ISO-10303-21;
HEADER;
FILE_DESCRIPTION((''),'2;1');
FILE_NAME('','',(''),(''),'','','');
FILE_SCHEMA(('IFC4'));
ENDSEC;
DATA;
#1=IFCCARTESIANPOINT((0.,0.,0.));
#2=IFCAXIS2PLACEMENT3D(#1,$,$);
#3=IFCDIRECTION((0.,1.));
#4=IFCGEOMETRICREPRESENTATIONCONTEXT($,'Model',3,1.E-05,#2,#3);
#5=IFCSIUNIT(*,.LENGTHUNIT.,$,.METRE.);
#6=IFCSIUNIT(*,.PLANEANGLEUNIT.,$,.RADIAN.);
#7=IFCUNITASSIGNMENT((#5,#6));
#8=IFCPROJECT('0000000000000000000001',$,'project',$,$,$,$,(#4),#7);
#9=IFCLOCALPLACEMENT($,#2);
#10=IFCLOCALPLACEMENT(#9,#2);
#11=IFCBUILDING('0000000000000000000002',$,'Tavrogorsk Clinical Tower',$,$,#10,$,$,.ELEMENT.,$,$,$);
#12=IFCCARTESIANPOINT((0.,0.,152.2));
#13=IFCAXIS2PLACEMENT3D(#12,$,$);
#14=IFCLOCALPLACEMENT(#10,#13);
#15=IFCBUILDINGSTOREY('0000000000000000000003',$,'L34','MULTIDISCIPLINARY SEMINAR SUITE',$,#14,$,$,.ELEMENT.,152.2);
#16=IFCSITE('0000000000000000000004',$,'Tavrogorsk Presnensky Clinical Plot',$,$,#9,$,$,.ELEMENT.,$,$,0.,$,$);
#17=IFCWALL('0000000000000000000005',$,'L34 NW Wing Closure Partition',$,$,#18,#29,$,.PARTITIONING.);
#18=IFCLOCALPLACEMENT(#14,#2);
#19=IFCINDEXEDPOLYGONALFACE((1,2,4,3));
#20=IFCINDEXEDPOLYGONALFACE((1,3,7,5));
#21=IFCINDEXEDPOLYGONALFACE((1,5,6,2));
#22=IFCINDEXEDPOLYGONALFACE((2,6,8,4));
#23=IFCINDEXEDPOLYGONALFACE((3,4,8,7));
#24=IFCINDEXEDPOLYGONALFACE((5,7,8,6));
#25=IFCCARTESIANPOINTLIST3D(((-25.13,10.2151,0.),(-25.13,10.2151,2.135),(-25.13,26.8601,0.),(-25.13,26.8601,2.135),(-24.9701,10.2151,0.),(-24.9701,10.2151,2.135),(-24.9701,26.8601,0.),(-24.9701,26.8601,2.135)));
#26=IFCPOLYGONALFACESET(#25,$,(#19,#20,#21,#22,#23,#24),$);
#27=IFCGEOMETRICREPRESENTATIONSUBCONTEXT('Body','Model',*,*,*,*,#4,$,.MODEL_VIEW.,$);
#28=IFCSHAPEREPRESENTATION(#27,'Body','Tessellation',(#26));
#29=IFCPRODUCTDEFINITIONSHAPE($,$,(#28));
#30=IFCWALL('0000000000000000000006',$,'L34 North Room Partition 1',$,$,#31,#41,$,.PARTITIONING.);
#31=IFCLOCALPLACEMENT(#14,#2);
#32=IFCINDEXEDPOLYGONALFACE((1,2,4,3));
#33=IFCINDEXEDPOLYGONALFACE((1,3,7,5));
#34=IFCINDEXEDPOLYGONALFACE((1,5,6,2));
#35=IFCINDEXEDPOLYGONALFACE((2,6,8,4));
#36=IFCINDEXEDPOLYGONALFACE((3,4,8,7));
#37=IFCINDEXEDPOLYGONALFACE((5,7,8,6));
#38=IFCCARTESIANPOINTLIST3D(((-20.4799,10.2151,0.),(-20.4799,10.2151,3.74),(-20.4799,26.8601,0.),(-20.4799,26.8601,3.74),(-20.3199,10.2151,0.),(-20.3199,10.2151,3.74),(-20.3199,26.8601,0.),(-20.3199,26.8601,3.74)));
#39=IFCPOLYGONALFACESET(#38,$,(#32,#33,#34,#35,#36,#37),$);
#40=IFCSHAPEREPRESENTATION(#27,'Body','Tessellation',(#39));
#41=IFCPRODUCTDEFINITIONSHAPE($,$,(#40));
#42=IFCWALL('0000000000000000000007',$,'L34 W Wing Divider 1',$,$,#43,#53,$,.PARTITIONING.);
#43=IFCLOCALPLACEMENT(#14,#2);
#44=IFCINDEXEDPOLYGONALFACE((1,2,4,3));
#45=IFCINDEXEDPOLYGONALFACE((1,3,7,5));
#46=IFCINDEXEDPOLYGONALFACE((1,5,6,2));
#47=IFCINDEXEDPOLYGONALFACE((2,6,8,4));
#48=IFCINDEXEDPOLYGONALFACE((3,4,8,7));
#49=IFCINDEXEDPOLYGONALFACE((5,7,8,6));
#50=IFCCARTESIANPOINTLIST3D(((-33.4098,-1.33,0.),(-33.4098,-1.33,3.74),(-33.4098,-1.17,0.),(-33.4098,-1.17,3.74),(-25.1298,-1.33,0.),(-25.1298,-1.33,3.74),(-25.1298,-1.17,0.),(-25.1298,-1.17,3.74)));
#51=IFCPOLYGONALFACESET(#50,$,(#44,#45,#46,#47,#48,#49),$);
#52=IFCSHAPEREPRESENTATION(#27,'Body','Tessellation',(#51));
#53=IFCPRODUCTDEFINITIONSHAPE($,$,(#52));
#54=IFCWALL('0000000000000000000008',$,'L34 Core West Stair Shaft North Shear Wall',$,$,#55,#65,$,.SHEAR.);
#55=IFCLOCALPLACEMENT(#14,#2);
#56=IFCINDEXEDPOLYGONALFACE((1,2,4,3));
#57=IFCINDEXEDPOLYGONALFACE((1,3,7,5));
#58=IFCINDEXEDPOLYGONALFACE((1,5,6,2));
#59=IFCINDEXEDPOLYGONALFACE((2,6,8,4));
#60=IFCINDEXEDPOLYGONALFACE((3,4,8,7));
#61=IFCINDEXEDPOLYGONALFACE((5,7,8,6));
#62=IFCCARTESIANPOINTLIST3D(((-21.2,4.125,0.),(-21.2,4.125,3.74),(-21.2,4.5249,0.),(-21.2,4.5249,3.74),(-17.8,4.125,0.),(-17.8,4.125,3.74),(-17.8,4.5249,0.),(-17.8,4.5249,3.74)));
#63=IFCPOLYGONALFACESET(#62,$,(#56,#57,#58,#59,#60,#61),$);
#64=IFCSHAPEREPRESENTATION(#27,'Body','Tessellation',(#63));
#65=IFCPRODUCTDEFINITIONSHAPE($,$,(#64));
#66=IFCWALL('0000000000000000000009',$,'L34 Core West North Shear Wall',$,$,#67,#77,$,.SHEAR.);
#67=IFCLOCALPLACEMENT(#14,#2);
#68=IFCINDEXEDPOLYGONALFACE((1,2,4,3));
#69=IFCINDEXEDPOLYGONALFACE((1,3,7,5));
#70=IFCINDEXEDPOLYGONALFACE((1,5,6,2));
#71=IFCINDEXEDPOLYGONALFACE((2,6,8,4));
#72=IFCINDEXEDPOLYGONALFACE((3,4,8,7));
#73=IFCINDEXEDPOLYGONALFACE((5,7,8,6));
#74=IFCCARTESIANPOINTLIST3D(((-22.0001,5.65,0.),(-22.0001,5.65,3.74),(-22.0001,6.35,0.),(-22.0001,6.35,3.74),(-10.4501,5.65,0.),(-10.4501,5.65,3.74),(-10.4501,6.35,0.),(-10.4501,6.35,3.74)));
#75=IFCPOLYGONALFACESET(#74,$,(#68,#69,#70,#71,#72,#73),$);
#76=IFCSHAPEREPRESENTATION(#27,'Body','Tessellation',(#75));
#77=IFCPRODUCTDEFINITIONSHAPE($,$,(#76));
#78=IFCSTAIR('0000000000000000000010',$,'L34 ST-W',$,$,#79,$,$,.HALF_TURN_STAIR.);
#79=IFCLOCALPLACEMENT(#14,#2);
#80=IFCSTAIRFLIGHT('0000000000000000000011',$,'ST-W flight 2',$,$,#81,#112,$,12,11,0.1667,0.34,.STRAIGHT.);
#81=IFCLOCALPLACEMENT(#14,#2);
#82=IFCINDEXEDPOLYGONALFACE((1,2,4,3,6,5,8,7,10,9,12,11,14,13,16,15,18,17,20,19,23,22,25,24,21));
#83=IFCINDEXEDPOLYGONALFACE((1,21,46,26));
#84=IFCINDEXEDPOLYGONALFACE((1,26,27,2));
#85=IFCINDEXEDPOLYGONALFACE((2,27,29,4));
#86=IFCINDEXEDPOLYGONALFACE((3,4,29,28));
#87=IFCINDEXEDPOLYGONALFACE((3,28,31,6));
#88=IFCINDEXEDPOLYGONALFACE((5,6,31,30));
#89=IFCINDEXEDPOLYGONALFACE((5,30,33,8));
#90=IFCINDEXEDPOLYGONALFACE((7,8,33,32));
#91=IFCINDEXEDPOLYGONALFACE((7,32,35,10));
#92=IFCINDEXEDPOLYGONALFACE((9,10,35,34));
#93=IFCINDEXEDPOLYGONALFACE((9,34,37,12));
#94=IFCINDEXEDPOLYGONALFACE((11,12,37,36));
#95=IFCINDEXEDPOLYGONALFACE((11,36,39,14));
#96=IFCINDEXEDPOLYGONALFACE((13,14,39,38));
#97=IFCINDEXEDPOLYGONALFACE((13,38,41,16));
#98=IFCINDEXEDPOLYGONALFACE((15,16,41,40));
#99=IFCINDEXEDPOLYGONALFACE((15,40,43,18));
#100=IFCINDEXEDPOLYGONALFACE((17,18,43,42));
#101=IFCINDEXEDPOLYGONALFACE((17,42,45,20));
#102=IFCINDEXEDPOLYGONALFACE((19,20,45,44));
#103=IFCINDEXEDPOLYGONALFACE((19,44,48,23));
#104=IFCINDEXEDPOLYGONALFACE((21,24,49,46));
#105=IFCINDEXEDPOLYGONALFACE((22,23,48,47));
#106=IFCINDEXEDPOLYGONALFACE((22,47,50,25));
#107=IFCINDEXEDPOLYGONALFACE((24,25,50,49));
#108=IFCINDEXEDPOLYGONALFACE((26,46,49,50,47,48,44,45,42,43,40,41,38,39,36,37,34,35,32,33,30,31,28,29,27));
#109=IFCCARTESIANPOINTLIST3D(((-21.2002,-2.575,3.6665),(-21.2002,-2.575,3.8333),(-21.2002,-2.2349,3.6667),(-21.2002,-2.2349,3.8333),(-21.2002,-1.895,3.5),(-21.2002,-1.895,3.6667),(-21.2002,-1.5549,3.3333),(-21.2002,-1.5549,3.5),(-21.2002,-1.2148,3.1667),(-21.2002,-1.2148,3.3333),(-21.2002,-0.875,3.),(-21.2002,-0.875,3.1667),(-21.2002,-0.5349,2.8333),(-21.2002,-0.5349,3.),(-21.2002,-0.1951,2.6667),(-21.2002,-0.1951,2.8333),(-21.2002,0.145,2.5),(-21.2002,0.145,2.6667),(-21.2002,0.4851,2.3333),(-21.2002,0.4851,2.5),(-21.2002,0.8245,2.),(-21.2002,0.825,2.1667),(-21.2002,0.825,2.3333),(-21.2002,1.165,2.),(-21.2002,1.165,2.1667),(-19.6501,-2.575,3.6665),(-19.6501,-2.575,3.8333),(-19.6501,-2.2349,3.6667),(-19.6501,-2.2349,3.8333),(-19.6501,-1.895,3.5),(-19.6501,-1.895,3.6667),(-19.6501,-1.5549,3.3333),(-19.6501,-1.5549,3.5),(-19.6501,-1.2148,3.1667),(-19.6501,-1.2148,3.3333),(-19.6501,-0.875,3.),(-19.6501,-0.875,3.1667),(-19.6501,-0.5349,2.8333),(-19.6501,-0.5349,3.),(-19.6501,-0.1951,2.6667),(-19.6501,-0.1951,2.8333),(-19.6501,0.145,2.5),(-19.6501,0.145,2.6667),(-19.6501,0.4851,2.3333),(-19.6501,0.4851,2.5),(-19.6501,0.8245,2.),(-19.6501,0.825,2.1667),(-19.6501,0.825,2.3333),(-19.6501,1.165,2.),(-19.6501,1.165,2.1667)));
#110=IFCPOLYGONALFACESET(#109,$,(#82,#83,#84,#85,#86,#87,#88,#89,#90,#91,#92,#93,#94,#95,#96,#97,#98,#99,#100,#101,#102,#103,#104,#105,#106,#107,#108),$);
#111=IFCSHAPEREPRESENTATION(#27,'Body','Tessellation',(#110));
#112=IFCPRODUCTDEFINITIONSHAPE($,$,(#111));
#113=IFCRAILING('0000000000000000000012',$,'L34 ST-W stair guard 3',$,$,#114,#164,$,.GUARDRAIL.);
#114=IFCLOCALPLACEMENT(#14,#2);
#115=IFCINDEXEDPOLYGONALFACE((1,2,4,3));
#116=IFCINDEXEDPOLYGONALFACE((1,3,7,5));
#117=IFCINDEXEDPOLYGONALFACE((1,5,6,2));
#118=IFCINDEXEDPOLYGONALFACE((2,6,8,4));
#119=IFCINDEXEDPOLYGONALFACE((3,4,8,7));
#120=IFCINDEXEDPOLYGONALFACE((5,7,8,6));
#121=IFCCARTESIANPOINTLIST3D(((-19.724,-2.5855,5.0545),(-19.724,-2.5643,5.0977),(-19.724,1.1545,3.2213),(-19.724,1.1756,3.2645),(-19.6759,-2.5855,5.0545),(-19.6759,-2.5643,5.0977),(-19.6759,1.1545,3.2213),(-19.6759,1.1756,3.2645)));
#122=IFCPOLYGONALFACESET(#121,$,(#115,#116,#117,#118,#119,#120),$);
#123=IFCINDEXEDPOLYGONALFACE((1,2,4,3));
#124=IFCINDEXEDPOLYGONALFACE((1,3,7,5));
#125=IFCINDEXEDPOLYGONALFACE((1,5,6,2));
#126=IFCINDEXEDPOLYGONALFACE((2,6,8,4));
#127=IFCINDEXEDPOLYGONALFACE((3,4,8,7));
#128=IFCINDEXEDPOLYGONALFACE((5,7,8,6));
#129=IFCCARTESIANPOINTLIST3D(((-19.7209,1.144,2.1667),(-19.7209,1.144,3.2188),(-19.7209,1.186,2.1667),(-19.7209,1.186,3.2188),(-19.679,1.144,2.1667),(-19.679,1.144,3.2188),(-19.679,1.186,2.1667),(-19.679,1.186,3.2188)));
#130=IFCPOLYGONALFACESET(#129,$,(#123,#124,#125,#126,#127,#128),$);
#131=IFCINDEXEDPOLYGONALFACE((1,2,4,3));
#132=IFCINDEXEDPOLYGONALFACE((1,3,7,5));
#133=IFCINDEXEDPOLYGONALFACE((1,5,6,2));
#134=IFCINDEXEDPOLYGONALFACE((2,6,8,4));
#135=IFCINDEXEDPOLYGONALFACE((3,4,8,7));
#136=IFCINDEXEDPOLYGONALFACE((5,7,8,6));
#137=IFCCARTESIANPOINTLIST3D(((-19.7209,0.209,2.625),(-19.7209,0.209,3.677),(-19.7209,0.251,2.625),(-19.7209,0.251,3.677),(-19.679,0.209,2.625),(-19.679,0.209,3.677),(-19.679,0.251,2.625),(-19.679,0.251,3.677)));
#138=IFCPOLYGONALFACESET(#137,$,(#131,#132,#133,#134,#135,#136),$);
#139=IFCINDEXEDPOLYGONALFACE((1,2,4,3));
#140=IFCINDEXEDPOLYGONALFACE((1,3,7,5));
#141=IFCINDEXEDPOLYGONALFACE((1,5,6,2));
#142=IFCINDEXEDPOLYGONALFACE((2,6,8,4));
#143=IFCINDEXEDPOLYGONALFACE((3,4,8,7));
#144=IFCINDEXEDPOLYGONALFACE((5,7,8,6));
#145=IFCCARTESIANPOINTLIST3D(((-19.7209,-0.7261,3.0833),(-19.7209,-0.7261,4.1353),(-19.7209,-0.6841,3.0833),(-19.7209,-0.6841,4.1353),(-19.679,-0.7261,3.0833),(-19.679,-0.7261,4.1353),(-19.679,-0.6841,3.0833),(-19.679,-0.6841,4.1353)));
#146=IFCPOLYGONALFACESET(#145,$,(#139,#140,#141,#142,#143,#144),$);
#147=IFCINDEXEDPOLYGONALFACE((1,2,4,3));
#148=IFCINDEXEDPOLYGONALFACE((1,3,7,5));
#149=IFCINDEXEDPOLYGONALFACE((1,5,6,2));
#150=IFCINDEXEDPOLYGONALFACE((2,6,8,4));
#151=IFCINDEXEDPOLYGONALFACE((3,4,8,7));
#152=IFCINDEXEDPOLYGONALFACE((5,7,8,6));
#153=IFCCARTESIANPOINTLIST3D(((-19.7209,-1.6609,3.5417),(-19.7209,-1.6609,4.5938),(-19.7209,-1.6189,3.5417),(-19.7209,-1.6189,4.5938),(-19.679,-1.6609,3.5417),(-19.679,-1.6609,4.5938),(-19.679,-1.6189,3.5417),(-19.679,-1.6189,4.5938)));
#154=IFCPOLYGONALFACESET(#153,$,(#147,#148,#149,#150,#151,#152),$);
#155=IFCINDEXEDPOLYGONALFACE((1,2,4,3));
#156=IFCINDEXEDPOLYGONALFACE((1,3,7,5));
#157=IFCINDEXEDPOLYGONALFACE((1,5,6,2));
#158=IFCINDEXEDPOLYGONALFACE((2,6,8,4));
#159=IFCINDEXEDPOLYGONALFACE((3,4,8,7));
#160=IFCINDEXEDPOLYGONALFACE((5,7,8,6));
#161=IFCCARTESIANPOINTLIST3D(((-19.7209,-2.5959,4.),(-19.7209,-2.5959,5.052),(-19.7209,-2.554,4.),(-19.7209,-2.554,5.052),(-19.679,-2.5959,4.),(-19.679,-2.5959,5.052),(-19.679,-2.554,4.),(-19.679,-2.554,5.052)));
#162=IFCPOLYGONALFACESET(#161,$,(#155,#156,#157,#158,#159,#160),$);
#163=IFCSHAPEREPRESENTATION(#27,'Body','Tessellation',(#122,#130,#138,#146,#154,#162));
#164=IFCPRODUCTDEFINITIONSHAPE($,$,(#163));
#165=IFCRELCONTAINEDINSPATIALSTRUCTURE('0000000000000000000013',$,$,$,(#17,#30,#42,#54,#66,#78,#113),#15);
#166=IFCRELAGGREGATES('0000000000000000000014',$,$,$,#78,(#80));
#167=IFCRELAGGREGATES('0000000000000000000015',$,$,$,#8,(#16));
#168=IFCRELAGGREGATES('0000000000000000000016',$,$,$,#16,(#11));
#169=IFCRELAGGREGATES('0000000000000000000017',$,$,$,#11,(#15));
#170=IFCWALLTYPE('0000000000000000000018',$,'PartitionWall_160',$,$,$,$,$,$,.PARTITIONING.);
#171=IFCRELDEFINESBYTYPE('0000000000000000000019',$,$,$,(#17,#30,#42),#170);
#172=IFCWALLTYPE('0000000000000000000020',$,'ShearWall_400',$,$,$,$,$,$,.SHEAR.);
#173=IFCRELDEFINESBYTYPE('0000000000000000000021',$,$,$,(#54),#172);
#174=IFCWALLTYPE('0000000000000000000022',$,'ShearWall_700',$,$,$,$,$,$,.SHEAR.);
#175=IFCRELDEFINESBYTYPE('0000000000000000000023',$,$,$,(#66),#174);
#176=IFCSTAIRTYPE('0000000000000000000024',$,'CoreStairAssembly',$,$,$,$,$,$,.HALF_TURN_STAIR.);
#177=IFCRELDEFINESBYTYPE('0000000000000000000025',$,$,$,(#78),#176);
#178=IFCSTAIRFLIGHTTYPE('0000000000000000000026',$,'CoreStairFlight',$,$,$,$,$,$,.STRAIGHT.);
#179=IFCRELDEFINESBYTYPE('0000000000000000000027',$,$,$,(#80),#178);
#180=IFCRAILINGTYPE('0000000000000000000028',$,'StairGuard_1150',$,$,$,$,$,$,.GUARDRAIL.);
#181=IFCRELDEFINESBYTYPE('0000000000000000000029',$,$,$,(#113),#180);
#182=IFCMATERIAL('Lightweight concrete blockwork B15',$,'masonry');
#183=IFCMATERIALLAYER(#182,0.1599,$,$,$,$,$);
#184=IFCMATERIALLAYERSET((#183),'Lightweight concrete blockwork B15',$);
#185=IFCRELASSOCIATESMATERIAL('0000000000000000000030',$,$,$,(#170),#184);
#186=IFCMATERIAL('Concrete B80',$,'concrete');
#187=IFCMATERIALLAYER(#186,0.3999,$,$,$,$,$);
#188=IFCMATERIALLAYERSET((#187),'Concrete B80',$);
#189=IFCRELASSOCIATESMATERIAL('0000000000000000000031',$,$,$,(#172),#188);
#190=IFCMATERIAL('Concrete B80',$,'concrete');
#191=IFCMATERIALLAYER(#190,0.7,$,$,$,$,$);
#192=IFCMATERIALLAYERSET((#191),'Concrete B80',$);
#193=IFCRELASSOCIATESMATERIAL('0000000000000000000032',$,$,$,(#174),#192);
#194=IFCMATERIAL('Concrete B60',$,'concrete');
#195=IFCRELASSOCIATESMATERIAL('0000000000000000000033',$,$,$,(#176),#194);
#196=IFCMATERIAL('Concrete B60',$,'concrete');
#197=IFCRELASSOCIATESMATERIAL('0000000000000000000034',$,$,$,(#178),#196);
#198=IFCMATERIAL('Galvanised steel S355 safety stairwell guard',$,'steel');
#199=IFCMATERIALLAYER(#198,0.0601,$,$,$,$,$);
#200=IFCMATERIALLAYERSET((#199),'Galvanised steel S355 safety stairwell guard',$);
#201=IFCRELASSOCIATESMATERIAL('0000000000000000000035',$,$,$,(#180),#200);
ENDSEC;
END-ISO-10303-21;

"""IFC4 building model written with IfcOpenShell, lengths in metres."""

from ifc_helpers import new_model, si_unit, direction, frame, frame_2d, origin, origin_2d, place, context, subcontext, project, spatial, polyline, rectangle, outline, extrude, material, layer, layer_set, type_object, element, aggregate, save


model = new_model("IFC4")

# Units and contexts
model_context = context("Model", 3, precision=1e-05, world=origin(), true_north=direction((0.0, 1.0)))
body_context = subcontext(model_context, "Body", "Model", "MODEL_VIEW")
ifc_project = project(units=[si_unit("LENGTHUNIT", "METRE"), si_unit("PLANEANGLEUNIT", "RADIAN")], contexts=[model_context])

# Site, building, storey
site_placement = place(None, origin())
site = spatial("IfcSite", under=ifc_project, at=site_placement, Name="Tavrogorsk Presnensky Clinical Plot", CompositionType="ELEMENT", RefElevation=0.0)
building_placement = place(site_placement, origin())
building = spatial("IfcBuilding", under=site, at=building_placement, Name="Tavrogorsk Clinical Tower", CompositionType="ELEMENT")
storey_placement = place(building_placement, frame((0.0, 0.0, 152.2)))
storey = spatial("IfcBuildingStorey", under=building, at=storey_placement, Name="L34", Description="MULTIDISCIPLINARY SEMINAR SUITE", CompositionType="ELEMENT", Elevation=152.2)

# Shared definitions
ifc_material_1 = material(Name="Lightweight concrete blockwork B15", Category="masonry")
ifc_layer_1 = layer(ifc_material_1, 0.1599)
ifc_layer_set_1 = layer_set([ifc_layer_1], Name="Lightweight concrete blockwork B15")
wall_type_1 = type_object("IfcWallType", Name="PartitionWall_160", PredefinedType="PARTITIONING", material=ifc_layer_set_1)

# Walls
wall_1_placement = place(storey_placement, frame((-25.05, 10.2151, 0.0), z_axis=(0.0, 0.0, 1.0), x_axis=(0.0, 1.0, 0.0)))
element("IfcWall", 1, at=wall_1_placement, inside=storey, type_object=wall_type_1, Name="L34 NW Wing Closure Partition", PredefinedType="PARTITIONING", context=body_context, shape_type="SweptSolid", body=[
    extrude(rectangle(XDim=16.645, YDim=0.1599, at=frame_2d((8.3225, 0.0))), origin(), (0.0, 0.0, 1.0), 2.135),
])
wall_2_placement = place(storey_placement, frame((-20.3999, 10.2151, 0.0), z_axis=(0.0, 0.0, 1.0), x_axis=(0.0, 1.0, 0.0)))
element("IfcWall", 2, at=wall_2_placement, inside=storey, type_object=wall_type_1, Name="L34 North Room Partition 1", PredefinedType="PARTITIONING", context=body_context, shape_type="SweptSolid", body=[
    extrude(rectangle(XDim=16.645, YDim=0.1599, at=frame_2d((8.3225, 0.0))), origin(), (0.0, 0.0, 1.0), 3.74),
])
wall_3_placement = place(storey_placement, frame((-33.4099, -1.25, 0.0), z_axis=(0.0, 0.0, 1.0), x_axis=(1.0, 0.0, 0.0)))
element("IfcWall", 3, at=wall_3_placement, inside=storey, type_object=wall_type_1, Name="L34 W Wing Divider 1", PredefinedType="PARTITIONING", context=body_context, shape_type="SweptSolid", body=[
    extrude(rectangle(XDim=8.28, YDim=0.1599, at=frame_2d((4.1401, 0.0))), origin(), (0.0, 0.0, 1.0), 3.74),
])
ifc_material_2 = material(Name="Concrete B80", Category="concrete")
ifc_layer_2 = layer(ifc_material_2, 0.3999)
ifc_layer_set_2 = layer_set([ifc_layer_2], Name="Concrete B80")
wall_type_2 = type_object("IfcWallType", Name="ShearWall_400", PredefinedType="SHEAR", material=ifc_layer_set_2)
wall_4_placement = place(storey_placement, frame((-21.2, 4.325, 0.0), z_axis=(0.0, 0.0, 1.0), x_axis=(1.0, 0.0, 0.0)))
element("IfcWall", 4, at=wall_4_placement, inside=storey, type_object=wall_type_2, Name="L34 Core West Stair Shaft North Shear Wall", PredefinedType="SHEAR", context=body_context, shape_type="SweptSolid", body=[
    extrude(rectangle(XDim=3.3999, YDim=0.3999, at=frame_2d((1.7, 0.0))), origin(), (0.0, 0.0, 1.0), 3.74),
])
ifc_material_3 = material(Name="Concrete B80", Category="concrete")
ifc_layer_3 = layer(ifc_material_3, 0.7)
ifc_layer_set_3 = layer_set([ifc_layer_3], Name="Concrete B80")
wall_type_3 = type_object("IfcWallType", Name="ShearWall_700", PredefinedType="SHEAR", material=ifc_layer_set_3)
wall_5_placement = place(storey_placement, frame((-22.0, 6.0, 0.0), z_axis=(0.0, 0.0, 1.0), x_axis=(1.0, 0.0, 0.0)))
element("IfcWall", 5, at=wall_5_placement, inside=storey, type_object=wall_type_3, Name="L34 Core West North Shear Wall", PredefinedType="SHEAR", context=body_context, shape_type="SweptSolid", body=[
    extrude(rectangle(XDim=11.55, YDim=0.7, at=frame_2d((5.7749, 0.0))), origin(), (0.0, 0.0, 1.0), 3.74),
])

# Stair, stair flight
ifc_material_4 = material(Name="Concrete B60", Category="concrete")
stair_type = type_object("IfcStairType", Name="CoreStairAssembly", PredefinedType="HALF_TURN_STAIR", material=ifc_material_4)
stair_placement = place(storey_placement, origin())
stair = element("IfcStair", 6, at=stair_placement, inside=storey, type_object=stair_type, Name="L34 ST-W", PredefinedType="HALF_TURN_STAIR")
ifc_material_5 = material(Name="Concrete B60", Category="concrete")
stair_flight_type = type_object("IfcStairFlightType", Name="CoreStairFlight", PredefinedType="STRAIGHT", material=ifc_material_5)
stair_flight_placement = place(storey_placement, frame((-20.425, 1.165, 2.0), z_axis=(0.0, 0.0, 1.0), x_axis=(0.0, -1.0, 0.0)))
stair_flight = element("IfcStairFlight", 7, at=stair_flight_placement, type_object=stair_flight_type, Name="ST-W flight 2", NumberOfRisers=12, NumberOfTreads=11, PredefinedType="STRAIGHT", RiserHeight=0.1667, TreadLength=0.34, context=body_context, shape_type="SweptSolid", body=[
    extrude(outline(polyline([(0.0, 0.0), (0.0, 0.1667), (0.3401, 0.1667), (0.3401, 0.3333), (0.6799, 0.3333), (0.6799, 0.5), (1.02, 0.5), (1.02, 0.6667), (1.3601, 0.6667), (1.3601, 0.8333), (1.7, 0.8333), (1.7, 1.0), (2.04, 1.0), (2.04, 1.1667), (2.3799, 1.1667), (2.3799, 1.3333), (2.72, 1.3333), (2.72, 1.5), (3.0601, 1.5), (3.0601, 1.6667), (3.3999, 1.6667), (3.3999, 1.8333), (3.74, 1.8333), (3.74, 2.0), (3.74, 1.6665), (0.3406, 0.0), (0.0, 0.0)])), frame((0.0, 0.7749, 0.0), z_axis=(0.0, -1.0, 0.0), x_axis=(1.0, 0.0, 0.0)), (0.0, 0.0, 1.0), 1.55),
])
aggregate(stair, [stair_flight])

# Railing
ifc_material_6 = material(Name="Galvanised steel S355 safety stairwell guard", Category="steel")
ifc_layer_4 = layer(ifc_material_6, 0.0601)
ifc_layer_set_4 = layer_set([ifc_layer_4], Name="Galvanised steel S355 safety stairwell guard")
railing_type_1 = type_object("IfcRailingType", Name="StairGuard_1150", PredefinedType="GUARDRAIL", material=ifc_layer_set_4)
railing_1_placement = place(storey_placement, frame((-19.7, 1.165, 2.1667)))
element("IfcRailing", 8, at=railing_1_placement, inside=storey, type_object=railing_type_1, Name="L34 ST-W stair guard 3", PredefinedType="GUARDRAIL", context=body_context, shape_type="SweptSolid", body=[
    extrude(rectangle(XDim=0.0481, YDim=0.0481, at=origin_2d()), frame((0.0, 0.0, 1.0762), z_axis=(0.0, -0.897928, 0.440142), x_axis=(1.0, 0.0, 0.0)), (0.0, 0.0, 1.0), 4.165),
    extrude(rectangle(XDim=0.042, YDim=0.042, at=origin_2d()), origin(), (0.0, 0.0, 1.0), 1.052),
    extrude(rectangle(XDim=0.042, YDim=0.042, at=origin_2d()), frame((0.0, -0.9351, 0.4583)), (0.0, 0.0, 1.0), 1.052),
    extrude(rectangle(XDim=0.042, YDim=0.042, at=origin_2d()), frame((0.0, -1.8701, 0.9165)), (0.0, 0.0, 1.0), 1.052),
    extrude(rectangle(XDim=0.042, YDim=0.042, at=origin_2d()), frame((0.0, -2.8049, 1.375)), (0.0, 0.0, 1.0), 1.052),
    extrude(rectangle(XDim=0.042, YDim=0.042, at=origin_2d()), frame((0.0, -3.74, 1.8333)), (0.0, 0.0, 1.0), 1.052),
])

save(model, "model.ifc")
